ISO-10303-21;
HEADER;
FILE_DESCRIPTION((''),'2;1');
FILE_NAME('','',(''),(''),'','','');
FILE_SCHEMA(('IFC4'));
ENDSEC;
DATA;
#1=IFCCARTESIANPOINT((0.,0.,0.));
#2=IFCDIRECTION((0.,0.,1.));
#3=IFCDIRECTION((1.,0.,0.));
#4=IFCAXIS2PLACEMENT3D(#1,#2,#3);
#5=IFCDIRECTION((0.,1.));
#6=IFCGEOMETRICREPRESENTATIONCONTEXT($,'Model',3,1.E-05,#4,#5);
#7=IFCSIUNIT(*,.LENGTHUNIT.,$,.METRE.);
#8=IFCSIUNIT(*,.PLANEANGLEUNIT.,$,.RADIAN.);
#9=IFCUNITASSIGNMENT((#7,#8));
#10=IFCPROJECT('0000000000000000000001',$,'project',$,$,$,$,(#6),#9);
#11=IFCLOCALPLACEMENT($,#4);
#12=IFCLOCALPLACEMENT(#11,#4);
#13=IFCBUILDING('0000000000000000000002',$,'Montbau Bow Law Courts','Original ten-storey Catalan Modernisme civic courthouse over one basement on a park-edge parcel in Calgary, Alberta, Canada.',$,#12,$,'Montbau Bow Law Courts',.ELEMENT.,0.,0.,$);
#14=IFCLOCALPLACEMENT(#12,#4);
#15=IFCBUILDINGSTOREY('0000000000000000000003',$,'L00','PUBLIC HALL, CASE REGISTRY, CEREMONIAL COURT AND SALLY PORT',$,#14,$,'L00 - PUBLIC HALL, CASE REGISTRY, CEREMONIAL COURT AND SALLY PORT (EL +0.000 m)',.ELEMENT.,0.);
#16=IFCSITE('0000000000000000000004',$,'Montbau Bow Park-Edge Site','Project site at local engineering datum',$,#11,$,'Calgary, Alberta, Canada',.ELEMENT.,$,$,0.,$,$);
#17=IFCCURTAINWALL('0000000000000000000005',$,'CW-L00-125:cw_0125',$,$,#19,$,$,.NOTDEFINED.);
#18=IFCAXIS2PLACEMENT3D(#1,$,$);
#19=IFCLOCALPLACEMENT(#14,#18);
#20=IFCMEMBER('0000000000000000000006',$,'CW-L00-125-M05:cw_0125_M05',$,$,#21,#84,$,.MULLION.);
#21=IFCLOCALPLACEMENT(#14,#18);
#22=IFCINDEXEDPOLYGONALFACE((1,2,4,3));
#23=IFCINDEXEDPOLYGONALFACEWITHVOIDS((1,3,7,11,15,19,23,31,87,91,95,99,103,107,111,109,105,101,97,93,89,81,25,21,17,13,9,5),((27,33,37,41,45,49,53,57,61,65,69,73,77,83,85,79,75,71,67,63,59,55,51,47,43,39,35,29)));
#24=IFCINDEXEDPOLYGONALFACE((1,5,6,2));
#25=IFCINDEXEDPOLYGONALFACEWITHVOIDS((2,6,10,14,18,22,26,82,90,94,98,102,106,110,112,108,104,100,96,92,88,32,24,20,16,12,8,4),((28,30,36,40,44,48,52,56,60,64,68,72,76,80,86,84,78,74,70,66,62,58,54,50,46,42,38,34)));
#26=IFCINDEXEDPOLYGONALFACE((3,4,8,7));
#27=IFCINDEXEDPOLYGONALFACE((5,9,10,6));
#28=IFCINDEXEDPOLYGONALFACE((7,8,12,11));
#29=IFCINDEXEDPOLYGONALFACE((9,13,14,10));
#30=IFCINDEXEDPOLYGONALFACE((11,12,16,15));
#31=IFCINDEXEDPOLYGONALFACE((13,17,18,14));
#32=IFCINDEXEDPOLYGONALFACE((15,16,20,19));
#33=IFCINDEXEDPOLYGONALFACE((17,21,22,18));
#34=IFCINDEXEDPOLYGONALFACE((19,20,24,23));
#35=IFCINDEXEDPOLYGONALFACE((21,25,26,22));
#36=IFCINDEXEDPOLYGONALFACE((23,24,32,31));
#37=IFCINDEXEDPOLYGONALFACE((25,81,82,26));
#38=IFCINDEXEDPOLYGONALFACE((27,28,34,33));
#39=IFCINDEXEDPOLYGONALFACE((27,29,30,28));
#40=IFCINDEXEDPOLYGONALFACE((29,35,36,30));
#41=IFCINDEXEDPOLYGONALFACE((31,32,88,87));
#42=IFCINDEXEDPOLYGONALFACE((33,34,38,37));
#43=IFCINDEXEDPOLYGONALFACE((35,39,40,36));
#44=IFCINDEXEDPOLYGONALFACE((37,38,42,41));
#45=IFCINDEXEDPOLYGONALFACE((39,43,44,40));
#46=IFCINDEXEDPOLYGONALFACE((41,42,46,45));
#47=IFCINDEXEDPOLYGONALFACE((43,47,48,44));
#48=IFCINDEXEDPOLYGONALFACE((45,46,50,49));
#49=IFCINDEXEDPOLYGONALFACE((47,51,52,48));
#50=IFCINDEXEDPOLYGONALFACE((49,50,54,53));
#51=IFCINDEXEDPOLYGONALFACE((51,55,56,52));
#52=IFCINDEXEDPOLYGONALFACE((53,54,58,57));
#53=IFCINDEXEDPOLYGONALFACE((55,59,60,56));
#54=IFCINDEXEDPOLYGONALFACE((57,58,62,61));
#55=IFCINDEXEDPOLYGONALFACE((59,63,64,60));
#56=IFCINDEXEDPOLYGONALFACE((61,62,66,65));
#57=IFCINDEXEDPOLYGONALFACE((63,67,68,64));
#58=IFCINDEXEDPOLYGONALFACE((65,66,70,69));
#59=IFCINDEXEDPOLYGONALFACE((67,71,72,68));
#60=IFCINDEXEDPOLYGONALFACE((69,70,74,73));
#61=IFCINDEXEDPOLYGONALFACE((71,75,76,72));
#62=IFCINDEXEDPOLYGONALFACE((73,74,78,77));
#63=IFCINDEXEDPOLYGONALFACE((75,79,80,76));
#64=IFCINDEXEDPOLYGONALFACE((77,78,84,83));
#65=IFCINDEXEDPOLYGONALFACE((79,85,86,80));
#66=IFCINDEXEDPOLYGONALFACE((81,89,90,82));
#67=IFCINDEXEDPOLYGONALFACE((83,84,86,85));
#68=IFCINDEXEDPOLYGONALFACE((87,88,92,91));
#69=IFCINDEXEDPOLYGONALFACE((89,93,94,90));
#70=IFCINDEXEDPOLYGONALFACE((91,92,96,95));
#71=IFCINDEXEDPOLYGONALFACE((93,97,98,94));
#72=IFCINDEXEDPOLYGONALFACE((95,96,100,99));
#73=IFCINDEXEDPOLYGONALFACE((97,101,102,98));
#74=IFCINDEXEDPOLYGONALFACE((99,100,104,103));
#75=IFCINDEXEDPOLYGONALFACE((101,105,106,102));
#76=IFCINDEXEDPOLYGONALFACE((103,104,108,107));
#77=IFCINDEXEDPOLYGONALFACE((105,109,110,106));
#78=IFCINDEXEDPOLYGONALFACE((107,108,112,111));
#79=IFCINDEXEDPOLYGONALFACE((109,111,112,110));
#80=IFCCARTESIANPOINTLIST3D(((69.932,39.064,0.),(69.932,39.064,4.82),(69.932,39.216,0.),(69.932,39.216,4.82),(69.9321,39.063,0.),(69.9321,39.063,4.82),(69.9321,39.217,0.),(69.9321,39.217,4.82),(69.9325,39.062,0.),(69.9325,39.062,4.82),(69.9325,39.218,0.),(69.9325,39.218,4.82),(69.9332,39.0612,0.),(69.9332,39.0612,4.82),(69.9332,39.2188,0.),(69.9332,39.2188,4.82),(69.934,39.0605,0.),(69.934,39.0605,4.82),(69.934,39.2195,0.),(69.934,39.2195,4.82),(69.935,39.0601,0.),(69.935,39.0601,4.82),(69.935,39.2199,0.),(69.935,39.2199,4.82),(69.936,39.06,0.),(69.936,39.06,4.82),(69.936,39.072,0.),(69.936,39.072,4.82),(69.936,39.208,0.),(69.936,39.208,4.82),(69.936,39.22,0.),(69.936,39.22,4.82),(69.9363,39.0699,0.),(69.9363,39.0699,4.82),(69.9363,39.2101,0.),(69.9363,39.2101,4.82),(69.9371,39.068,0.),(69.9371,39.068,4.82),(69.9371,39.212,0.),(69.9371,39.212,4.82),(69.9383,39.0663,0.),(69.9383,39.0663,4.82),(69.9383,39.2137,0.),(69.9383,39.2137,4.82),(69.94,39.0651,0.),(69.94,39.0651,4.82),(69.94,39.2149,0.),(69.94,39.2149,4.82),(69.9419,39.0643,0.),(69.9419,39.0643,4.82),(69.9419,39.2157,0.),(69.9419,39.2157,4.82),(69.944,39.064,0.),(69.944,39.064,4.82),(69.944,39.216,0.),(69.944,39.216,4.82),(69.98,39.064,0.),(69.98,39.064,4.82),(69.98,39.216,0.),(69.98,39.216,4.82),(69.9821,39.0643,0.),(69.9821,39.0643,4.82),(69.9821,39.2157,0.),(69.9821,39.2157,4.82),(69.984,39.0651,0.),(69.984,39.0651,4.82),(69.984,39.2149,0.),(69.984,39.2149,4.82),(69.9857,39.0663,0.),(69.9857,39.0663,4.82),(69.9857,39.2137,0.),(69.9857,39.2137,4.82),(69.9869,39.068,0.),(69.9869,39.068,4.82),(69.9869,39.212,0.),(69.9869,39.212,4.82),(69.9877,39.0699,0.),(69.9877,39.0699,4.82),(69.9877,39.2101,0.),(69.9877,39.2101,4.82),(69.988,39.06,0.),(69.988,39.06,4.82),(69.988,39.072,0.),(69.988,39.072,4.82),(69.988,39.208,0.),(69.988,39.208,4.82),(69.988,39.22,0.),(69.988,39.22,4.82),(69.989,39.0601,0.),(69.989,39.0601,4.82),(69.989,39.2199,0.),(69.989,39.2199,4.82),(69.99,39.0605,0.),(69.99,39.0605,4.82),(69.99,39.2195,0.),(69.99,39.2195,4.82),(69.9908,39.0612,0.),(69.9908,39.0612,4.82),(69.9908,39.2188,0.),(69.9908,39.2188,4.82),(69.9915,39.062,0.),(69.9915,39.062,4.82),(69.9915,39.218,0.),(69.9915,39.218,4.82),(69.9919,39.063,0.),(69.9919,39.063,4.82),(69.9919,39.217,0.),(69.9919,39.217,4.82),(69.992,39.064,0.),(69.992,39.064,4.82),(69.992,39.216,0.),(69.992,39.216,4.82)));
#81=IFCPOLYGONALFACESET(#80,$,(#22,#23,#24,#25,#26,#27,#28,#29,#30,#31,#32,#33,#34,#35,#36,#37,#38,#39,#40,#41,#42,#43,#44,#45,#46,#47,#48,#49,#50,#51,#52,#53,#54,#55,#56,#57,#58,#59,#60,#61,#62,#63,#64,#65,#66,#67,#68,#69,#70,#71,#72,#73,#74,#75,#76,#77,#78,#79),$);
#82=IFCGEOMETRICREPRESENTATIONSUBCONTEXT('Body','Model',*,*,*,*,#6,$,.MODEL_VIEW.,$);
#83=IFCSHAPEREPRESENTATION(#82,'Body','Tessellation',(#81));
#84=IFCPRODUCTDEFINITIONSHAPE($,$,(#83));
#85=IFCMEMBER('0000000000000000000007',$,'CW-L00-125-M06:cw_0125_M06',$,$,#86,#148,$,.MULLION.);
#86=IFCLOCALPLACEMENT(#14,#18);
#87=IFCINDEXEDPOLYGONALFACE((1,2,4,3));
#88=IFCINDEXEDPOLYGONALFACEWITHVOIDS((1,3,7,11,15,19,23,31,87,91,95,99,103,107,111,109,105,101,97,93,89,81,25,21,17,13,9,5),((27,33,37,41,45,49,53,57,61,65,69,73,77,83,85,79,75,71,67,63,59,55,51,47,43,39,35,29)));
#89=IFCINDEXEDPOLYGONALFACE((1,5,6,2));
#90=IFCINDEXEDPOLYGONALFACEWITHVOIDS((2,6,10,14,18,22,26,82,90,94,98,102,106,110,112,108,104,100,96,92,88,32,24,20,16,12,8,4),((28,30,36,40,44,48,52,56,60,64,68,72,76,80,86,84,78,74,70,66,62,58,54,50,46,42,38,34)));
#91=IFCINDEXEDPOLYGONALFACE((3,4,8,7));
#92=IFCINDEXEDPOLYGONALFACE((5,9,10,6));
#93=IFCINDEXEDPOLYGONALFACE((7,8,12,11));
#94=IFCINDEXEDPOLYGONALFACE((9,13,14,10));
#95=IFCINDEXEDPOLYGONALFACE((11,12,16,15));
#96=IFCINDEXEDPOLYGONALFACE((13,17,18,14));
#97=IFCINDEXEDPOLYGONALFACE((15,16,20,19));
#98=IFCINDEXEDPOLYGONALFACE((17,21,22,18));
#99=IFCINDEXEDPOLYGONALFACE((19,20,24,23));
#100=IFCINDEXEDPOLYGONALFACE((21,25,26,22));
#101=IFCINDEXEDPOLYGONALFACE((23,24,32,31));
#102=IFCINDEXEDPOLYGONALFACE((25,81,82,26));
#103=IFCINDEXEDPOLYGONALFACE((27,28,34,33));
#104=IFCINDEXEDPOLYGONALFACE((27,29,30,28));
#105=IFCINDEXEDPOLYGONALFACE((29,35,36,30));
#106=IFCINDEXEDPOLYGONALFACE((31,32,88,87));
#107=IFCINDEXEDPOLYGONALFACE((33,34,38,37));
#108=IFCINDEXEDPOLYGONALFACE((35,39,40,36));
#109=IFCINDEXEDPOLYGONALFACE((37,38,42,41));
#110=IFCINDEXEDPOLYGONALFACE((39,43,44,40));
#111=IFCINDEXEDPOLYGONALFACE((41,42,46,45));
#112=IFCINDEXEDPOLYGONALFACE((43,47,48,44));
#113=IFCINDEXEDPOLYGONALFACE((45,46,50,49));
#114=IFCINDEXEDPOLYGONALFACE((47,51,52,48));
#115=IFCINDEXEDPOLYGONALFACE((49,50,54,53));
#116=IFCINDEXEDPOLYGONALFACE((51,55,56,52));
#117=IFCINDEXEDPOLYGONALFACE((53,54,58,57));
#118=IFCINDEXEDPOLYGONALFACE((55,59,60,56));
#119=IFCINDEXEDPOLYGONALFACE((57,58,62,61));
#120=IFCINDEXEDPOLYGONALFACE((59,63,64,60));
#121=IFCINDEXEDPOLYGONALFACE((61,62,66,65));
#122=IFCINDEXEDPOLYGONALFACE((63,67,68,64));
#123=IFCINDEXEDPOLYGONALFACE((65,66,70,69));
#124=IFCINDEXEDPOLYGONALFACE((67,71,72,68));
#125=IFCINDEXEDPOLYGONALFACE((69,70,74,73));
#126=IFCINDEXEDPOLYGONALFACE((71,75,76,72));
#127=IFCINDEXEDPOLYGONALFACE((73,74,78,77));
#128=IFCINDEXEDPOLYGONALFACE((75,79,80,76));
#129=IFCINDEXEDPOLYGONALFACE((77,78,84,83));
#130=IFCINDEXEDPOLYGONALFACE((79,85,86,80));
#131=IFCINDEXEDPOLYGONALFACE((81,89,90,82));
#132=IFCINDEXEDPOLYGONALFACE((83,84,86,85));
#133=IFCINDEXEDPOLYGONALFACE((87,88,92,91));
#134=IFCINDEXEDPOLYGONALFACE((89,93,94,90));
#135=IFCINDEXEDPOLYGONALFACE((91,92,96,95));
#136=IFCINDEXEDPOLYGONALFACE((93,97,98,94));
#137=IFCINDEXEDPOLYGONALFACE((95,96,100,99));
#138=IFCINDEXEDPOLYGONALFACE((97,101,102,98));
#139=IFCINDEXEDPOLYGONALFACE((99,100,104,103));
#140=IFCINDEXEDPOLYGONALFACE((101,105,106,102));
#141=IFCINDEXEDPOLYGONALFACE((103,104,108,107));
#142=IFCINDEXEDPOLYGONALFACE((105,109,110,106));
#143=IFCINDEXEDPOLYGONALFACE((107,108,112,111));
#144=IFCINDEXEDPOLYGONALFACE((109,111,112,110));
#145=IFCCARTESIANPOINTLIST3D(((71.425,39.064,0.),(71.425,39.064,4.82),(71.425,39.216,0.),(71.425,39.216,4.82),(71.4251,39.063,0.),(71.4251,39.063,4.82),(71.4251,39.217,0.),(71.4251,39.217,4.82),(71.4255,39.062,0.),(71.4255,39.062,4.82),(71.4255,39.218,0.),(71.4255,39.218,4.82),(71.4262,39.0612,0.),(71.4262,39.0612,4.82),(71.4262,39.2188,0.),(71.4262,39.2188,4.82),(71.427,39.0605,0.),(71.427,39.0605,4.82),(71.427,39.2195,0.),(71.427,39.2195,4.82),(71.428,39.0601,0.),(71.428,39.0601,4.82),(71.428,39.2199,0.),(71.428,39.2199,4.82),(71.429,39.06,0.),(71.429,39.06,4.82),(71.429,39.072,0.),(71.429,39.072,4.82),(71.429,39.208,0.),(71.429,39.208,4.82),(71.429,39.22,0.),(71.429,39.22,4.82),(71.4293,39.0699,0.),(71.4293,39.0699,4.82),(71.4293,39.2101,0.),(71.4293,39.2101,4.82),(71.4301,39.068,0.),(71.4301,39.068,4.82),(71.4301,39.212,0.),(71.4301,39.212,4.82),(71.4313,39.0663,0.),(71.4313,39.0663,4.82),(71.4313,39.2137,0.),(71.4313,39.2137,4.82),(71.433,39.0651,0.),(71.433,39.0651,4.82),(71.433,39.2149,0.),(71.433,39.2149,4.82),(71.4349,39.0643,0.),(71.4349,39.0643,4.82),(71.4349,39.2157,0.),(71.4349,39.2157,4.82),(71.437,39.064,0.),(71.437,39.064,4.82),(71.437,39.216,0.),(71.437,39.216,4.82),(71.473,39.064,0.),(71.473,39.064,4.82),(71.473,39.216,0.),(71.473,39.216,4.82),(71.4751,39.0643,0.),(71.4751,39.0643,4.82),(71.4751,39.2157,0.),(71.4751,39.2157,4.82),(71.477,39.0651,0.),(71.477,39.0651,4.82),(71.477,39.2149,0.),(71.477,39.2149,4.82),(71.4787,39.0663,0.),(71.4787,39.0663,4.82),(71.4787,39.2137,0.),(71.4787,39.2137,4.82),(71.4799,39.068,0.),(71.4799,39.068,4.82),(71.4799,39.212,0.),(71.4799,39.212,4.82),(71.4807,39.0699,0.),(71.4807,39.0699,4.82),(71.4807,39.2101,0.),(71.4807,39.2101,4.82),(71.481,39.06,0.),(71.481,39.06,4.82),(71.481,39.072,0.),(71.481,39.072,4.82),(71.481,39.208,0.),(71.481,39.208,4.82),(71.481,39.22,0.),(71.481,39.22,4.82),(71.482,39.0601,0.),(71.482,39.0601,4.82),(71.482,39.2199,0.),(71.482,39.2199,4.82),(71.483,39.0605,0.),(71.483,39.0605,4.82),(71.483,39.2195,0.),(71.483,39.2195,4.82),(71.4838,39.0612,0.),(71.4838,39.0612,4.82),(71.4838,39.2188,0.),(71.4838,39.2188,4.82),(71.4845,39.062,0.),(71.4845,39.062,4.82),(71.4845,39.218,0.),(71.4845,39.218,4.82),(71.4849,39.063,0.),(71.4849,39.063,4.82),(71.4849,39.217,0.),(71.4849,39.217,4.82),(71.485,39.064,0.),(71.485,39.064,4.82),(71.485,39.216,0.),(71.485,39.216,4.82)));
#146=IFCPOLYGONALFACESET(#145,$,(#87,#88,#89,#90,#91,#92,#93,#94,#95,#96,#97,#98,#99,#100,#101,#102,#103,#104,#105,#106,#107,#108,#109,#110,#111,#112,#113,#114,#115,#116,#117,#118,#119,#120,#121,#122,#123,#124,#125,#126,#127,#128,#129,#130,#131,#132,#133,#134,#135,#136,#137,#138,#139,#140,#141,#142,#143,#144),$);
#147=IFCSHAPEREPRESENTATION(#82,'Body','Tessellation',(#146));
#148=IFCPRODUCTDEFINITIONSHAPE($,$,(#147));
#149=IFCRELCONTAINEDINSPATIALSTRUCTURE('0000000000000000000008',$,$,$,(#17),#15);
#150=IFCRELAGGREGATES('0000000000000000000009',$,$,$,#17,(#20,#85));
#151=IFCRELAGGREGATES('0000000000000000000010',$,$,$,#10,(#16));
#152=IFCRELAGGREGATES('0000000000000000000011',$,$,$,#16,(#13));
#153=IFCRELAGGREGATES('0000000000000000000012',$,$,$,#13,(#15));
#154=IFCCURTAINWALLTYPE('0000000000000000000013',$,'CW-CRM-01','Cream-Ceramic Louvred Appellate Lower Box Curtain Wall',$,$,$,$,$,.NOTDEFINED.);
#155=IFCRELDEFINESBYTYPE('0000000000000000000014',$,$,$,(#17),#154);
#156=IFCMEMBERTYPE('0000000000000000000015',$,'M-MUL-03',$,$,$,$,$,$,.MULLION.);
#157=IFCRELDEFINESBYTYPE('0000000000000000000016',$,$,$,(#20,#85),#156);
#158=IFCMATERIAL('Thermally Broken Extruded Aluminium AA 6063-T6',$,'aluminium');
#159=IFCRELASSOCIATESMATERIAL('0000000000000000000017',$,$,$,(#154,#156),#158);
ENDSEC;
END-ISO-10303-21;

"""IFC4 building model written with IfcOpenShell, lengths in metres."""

from ifc_helpers import new_model, si_unit, direction, frame, origin_with_axes, origin_2d_with_axis, place, context, subcontext, project, spatial, hollow_rectangle, extrude, material, material_profile, profile_set, type_object, element, aggregate, save


model = new_model("IFC4")

# Units and contexts
model_context = context("Model", 3, precision=1e-05, world=origin_with_axes(), true_north=direction((0.0, 1.0)))
body_context = subcontext(model_context, "Body", "Model", "MODEL_VIEW")
ifc_project = project(units=[si_unit("LENGTHUNIT", "METRE"), si_unit("PLANEANGLEUNIT", "RADIAN")], contexts=[model_context])

# Site, building, storey
site_placement = place(None, origin_with_axes())
site = spatial("IfcSite", under=ifc_project, at=site_placement, Name="Montbau Bow Park-Edge Site", Description="Project site at local engineering datum", LongName="Calgary, Alberta, Canada", CompositionType="ELEMENT", RefElevation=0.0)
building_placement = place(site_placement, origin_with_axes())
building = spatial("IfcBuilding", under=site, at=building_placement, Name="Montbau Bow Law Courts", Description="Original ten-storey Catalan Modernisme civic courthouse over one basement on a park-edge parcel in Calgary, Alberta, Canada.", LongName="Montbau Bow Law Courts", CompositionType="ELEMENT", ElevationOfRefHeight=0.0, ElevationOfTerrain=0.0)
storey_placement = place(building_placement, origin_with_axes())
storey = spatial("IfcBuildingStorey", under=building, at=storey_placement, Name="L00", Description="PUBLIC HALL, CASE REGISTRY, CEREMONIAL COURT AND SALLY PORT", LongName="L00 - PUBLIC HALL, CASE REGISTRY, CEREMONIAL COURT AND SALLY PORT (EL +0.000 m)", CompositionType="ELEMENT", Elevation=0.0)

# Curtain wall, members
ifc_material_1 = material(Name="Thermally Broken Extruded Aluminium AA 6063-T6", Category="aluminium")
curtain_wall_type = type_object("IfcCurtainWallType", Name="CW-CRM-01", Description="Cream-Ceramic Louvred Appellate Lower Box Curtain Wall", PredefinedType="NOTDEFINED", material=ifc_material_1)
curtain_wall_1_placement = place(None, frame((63.868, 39.14, 0.0), z_axis=(0.0, 0.0, 1.0), x_axis=(1.0, 0.0, 0.0)))
curtain_wall_1 = element("IfcCurtainWall", 1, at=curtain_wall_1_placement, inside=storey, type_object=curtain_wall_type, Name="CW-L00-125:cw_0125", PredefinedType="NOTDEFINED")
ifc_material_profile_1 = material_profile(ifc_material_1, hollow_rectangle(XDim=0.06, YDim=0.16, WallThickness=0.004, InnerFilletRadius=0.008, OuterFilletRadius=0.004, at=origin_2d_with_axis()), Name="CWM-160X60", Category="Main", Priority=0)
ifc_profile_set_1 = profile_set([ifc_material_profile_1], Name="Thermally Broken Extruded Aluminium AA 6063-T6")
member_type_1 = type_object("IfcMemberType", Name="M-MUL-03", PredefinedType="MULLION", material=ifc_profile_set_1)
member_1_placement = place(None, frame((69.962, 39.14, 0.0), z_axis=(0.0, 0.0, 1.0), x_axis=(1.0, 0.0, 0.0)))
member_1 = element("IfcMember", 2, at=member_1_placement, type_object=member_type_1, Name="CW-L00-125-M05:cw_0125_M05", PredefinedType="MULLION", context=body_context, shape_type="SweptSolid", body=[
    extrude(hollow_rectangle(XDim=0.06, YDim=0.16, WallThickness=0.004, InnerFilletRadius=0.008, OuterFilletRadius=0.004, at=origin_2d_with_axis()), origin_with_axes(), (0.0, 0.0, 1.0), 4.82),
])
member_2_placement = place(None, frame((71.455, 39.14, 0.0), z_axis=(0.0, 0.0, 1.0), x_axis=(1.0, 0.0, 0.0)))
member_2 = element("IfcMember", 3, at=member_2_placement, type_object=member_type_1, Name="CW-L00-125-M06:cw_0125_M06", PredefinedType="MULLION", context=body_context, shape_type="SweptSolid", body=[
    extrude(hollow_rectangle(XDim=0.06, YDim=0.16, WallThickness=0.004, InnerFilletRadius=0.008, OuterFilletRadius=0.004, at=origin_2d_with_axis()), origin_with_axes(), (0.0, 0.0, 1.0), 4.82),
])

aggregate(curtain_wall_1, [member_1, member_2])

save(model, "model.ifc")
